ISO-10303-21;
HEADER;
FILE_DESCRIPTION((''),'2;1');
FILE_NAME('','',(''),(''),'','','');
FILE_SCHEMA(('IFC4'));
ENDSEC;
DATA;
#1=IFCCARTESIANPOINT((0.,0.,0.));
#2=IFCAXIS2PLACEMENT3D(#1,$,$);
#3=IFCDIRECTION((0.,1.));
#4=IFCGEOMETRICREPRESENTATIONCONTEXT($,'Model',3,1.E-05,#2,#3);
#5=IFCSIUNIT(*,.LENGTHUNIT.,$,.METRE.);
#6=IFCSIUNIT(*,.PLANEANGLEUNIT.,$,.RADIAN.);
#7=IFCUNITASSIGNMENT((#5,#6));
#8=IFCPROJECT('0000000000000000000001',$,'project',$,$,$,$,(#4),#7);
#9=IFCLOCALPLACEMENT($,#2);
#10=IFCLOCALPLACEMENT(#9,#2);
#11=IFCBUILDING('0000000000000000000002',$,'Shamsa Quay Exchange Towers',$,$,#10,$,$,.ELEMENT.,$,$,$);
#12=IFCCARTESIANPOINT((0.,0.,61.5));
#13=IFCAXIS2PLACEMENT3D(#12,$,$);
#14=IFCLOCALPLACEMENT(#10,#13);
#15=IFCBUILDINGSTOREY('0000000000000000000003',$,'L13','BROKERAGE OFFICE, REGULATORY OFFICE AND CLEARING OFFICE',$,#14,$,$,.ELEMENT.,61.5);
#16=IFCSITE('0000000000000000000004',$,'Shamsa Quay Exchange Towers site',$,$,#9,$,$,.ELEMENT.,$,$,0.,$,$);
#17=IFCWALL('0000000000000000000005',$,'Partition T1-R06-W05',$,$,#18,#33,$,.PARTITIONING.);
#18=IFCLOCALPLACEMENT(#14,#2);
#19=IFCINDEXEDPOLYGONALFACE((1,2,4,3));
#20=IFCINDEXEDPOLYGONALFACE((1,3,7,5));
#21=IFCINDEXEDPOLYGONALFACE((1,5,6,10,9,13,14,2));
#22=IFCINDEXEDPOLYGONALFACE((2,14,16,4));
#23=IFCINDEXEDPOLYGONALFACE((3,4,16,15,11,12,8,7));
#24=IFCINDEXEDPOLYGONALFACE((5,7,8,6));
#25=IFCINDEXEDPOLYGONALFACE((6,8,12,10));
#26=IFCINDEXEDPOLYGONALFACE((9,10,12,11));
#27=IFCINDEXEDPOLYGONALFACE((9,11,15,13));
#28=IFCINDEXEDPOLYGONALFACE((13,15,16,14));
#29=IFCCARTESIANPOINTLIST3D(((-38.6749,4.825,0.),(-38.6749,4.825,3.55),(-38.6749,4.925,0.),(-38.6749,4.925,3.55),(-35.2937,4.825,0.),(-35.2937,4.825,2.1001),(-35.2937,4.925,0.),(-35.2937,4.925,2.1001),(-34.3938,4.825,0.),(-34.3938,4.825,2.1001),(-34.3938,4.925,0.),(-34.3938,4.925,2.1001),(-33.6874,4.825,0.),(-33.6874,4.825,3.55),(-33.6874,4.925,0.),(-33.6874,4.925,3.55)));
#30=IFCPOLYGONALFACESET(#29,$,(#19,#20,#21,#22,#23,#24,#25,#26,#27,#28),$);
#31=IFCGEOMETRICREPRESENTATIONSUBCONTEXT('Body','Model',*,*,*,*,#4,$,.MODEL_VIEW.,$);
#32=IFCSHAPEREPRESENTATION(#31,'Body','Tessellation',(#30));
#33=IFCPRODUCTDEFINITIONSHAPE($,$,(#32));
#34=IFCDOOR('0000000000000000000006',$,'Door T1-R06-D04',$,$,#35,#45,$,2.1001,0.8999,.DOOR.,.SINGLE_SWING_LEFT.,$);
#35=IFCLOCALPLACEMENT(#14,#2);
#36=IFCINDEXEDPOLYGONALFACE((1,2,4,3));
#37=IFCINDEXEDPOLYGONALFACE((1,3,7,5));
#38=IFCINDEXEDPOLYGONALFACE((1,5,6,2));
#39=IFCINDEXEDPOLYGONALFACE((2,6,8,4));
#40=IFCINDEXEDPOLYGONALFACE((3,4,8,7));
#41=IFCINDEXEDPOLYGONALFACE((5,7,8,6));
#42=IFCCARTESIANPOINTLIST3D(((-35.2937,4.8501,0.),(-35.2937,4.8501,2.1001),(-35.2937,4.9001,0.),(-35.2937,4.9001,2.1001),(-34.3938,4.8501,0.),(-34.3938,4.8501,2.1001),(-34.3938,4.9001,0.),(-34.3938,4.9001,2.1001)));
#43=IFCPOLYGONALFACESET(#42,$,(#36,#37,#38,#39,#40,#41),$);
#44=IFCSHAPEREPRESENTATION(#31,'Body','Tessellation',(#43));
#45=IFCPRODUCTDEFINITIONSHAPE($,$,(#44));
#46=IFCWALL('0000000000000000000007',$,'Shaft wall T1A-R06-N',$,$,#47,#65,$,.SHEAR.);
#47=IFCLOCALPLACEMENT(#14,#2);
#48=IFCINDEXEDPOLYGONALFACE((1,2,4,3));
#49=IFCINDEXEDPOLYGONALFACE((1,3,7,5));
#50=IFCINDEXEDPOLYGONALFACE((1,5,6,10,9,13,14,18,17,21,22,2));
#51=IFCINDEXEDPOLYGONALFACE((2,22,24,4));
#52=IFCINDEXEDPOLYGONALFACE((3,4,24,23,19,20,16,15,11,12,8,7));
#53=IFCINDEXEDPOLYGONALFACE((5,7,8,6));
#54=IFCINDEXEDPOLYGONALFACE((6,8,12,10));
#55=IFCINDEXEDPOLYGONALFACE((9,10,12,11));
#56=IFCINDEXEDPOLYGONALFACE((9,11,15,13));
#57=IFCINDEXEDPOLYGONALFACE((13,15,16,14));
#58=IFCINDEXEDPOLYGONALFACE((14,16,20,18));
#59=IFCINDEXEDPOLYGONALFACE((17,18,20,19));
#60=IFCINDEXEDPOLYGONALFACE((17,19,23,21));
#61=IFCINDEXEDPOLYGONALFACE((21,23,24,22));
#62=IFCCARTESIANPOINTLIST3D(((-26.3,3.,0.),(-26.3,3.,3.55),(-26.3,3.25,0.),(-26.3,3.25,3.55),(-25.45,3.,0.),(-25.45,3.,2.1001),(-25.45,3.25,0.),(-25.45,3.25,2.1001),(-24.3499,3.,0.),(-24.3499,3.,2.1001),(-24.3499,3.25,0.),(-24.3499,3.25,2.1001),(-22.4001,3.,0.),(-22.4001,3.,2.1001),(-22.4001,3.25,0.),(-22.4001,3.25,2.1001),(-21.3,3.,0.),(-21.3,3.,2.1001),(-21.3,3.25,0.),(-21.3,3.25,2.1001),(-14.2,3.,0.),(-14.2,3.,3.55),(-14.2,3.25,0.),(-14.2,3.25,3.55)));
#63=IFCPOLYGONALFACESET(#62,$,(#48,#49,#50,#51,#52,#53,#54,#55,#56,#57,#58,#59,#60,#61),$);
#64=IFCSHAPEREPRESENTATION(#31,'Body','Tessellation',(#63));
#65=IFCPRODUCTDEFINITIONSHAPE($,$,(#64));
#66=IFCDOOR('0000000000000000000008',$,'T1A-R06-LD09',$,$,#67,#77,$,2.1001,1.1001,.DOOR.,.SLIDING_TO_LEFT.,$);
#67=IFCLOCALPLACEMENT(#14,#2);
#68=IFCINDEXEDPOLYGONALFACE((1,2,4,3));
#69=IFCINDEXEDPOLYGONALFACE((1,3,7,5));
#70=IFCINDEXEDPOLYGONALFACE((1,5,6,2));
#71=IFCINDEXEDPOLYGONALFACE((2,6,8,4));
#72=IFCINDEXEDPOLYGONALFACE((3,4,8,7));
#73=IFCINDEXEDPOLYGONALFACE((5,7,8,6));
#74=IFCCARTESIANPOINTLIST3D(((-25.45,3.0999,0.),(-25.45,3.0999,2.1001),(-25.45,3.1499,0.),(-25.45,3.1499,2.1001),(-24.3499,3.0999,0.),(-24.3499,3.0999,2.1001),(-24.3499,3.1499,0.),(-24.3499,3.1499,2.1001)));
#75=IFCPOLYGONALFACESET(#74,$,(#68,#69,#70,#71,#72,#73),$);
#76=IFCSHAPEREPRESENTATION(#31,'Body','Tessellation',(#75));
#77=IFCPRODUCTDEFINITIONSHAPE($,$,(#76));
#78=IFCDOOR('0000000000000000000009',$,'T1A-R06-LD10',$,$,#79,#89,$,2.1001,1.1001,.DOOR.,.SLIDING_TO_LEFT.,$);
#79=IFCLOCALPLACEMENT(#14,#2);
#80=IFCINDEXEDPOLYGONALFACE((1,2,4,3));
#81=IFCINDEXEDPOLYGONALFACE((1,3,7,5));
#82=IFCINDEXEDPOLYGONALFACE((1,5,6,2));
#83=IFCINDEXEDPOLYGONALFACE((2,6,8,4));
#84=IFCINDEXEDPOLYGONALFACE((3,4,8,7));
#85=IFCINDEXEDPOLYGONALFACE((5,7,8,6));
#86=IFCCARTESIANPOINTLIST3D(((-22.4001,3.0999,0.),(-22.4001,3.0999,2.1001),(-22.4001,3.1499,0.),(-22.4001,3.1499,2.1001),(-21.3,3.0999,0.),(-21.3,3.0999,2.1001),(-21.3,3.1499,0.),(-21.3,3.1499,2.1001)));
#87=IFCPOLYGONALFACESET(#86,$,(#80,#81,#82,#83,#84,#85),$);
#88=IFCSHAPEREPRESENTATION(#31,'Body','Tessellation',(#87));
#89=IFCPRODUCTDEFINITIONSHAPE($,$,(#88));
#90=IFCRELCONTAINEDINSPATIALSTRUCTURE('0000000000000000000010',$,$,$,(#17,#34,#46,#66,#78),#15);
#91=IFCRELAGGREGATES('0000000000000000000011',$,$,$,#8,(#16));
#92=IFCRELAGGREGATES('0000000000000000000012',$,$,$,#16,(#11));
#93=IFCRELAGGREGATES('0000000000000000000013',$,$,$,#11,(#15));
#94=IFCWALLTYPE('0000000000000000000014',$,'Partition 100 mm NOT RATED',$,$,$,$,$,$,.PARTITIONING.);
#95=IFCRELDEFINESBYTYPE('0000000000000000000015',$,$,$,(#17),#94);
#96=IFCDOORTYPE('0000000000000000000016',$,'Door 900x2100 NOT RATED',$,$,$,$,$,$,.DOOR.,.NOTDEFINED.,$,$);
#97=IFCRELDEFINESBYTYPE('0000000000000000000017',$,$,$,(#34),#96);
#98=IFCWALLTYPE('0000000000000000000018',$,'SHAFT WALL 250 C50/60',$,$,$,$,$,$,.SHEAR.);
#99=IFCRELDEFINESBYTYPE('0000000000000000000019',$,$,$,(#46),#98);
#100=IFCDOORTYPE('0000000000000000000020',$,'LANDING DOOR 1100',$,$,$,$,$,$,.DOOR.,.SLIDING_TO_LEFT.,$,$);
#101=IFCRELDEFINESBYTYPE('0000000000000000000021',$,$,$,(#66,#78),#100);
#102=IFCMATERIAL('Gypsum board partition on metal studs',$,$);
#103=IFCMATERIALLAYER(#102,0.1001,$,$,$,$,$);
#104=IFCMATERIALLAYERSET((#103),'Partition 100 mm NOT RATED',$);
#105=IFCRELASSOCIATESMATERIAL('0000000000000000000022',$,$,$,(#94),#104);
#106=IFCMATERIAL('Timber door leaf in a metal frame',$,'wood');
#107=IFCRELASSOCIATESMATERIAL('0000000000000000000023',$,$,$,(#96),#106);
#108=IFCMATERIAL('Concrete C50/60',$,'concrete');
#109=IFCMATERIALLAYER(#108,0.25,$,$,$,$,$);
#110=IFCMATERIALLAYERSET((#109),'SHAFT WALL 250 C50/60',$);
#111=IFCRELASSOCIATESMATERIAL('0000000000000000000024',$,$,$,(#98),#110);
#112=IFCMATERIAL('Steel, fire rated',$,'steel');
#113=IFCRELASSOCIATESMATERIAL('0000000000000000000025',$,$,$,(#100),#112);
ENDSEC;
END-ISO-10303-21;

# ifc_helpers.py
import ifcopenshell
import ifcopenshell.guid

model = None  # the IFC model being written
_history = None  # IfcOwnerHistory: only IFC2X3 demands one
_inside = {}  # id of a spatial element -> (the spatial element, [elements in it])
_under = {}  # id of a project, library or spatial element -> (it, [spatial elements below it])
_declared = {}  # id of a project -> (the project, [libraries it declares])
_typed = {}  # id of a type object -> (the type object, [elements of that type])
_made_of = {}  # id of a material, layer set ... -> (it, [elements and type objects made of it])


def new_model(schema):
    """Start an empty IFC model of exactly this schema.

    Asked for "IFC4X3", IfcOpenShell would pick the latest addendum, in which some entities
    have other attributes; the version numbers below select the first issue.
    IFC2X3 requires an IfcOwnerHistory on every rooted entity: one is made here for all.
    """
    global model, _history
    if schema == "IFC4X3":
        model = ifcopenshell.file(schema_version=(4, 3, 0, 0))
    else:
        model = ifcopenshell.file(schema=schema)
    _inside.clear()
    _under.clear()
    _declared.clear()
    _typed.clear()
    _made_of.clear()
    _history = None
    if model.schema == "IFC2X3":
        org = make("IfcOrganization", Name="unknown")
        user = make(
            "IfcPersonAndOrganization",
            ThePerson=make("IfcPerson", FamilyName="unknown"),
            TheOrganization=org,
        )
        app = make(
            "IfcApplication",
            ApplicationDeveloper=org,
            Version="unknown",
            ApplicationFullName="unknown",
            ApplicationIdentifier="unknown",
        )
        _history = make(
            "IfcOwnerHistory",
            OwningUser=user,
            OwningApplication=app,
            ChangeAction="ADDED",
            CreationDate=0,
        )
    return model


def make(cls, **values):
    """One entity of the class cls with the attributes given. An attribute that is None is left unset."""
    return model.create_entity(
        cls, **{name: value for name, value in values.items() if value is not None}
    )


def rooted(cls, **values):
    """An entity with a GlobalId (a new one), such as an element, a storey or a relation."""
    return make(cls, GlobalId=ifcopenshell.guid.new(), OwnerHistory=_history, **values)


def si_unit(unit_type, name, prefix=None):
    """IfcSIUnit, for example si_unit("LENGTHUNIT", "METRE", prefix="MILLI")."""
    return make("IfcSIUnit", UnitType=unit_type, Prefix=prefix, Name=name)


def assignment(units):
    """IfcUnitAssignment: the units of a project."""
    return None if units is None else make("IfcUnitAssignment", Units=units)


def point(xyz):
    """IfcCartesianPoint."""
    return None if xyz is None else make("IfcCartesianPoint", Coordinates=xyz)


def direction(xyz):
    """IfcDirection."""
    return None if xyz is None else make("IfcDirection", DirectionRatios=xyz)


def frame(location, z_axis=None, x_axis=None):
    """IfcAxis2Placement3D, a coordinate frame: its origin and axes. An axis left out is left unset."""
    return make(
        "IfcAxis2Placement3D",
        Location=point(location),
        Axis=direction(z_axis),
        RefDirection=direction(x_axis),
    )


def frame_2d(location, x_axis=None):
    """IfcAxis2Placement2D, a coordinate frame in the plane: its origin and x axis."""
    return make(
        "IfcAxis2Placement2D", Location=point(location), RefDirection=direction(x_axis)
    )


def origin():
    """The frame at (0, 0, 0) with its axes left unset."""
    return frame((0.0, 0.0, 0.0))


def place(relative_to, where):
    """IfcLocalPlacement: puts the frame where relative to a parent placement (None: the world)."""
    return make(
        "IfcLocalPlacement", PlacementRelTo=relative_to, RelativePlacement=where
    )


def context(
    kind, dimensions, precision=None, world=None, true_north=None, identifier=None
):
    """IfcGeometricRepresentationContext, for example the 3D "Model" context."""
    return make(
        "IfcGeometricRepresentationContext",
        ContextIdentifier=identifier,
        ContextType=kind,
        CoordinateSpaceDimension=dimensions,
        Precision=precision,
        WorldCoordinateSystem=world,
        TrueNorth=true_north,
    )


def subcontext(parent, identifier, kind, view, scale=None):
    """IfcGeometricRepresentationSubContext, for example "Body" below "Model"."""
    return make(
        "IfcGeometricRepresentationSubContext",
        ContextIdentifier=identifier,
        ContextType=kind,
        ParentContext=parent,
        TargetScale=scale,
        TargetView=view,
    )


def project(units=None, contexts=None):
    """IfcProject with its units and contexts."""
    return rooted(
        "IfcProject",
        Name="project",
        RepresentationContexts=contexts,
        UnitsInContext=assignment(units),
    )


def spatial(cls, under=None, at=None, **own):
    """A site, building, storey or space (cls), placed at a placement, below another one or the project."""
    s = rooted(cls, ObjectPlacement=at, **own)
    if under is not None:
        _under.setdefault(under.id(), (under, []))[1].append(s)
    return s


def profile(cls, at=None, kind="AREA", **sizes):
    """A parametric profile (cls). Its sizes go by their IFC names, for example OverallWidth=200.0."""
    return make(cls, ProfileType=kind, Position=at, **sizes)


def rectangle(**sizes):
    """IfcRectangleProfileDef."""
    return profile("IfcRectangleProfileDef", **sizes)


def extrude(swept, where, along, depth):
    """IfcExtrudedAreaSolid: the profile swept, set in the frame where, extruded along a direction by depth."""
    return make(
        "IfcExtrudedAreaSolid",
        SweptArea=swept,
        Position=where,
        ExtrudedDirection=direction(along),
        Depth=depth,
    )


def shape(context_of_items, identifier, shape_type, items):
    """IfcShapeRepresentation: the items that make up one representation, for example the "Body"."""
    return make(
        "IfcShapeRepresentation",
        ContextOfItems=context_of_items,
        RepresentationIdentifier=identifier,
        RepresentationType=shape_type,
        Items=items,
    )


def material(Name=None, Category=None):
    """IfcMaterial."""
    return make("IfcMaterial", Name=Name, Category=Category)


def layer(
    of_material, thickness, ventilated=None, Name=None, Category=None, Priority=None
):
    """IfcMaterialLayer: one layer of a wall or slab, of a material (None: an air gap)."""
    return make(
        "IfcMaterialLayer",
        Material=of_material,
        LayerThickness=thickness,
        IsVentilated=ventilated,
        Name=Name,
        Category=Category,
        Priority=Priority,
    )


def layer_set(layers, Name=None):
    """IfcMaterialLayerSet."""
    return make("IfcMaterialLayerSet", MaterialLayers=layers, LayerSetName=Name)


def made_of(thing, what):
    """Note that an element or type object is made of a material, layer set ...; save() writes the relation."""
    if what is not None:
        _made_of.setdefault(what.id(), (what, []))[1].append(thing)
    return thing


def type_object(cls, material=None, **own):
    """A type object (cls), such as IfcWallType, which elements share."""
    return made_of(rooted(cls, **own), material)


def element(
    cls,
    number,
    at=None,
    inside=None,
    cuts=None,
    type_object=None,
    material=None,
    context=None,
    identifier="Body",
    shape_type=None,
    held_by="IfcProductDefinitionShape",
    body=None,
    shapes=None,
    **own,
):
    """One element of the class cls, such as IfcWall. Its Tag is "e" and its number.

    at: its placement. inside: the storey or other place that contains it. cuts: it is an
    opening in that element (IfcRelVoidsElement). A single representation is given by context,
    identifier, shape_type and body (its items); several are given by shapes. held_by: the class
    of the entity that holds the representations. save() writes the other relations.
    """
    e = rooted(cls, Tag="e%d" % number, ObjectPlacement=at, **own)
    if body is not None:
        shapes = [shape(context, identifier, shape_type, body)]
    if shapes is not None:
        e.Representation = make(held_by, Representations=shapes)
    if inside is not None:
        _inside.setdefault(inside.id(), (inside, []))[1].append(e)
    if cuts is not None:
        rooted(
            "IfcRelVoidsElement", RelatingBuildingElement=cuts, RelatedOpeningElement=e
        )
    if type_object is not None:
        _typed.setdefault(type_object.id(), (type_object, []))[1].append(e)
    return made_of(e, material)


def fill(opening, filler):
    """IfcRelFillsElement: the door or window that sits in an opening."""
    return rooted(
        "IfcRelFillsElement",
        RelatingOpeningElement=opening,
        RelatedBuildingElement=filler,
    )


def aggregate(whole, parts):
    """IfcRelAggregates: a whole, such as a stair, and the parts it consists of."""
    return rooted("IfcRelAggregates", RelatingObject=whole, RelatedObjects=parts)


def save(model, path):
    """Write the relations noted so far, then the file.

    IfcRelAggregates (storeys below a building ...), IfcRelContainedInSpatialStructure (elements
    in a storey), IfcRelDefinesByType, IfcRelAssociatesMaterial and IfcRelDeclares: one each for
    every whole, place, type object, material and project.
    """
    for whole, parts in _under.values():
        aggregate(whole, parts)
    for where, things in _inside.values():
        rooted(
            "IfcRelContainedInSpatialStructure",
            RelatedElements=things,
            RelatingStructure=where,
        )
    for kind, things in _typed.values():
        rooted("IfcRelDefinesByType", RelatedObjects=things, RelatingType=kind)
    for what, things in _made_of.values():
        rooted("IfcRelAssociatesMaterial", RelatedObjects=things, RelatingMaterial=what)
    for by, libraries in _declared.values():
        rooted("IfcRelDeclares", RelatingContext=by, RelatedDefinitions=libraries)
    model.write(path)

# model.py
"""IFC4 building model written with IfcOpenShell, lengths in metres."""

from ifc_helpers import new_model, si_unit, direction, frame, frame_2d, origin, place, context, subcontext, project, spatial, rectangle, extrude, material, layer, layer_set, type_object, element, fill, save


model = new_model("IFC4")

# Units and contexts
model_context = context("Model", 3, precision=1e-05, world=origin(), true_north=direction((0.0, 1.0)))
body_context = subcontext(model_context, "Body", "Model", "MODEL_VIEW")
ifc_project = project(units=[si_unit("LENGTHUNIT", "METRE"), si_unit("PLANEANGLEUNIT", "RADIAN")], contexts=[model_context])

# Site, building, storey
site_placement = place(None, origin())
site = spatial("IfcSite", under=ifc_project, at=site_placement, Name="Shamsa Quay Exchange Towers site", CompositionType="ELEMENT", RefElevation=0.0)
building_placement = place(site_placement, origin())
building = spatial("IfcBuilding", under=site, at=building_placement, Name="Shamsa Quay Exchange Towers", CompositionType="ELEMENT")
storey_placement = place(building_placement, frame((0.0, 0.0, 61.5)))
storey = spatial("IfcBuildingStorey", under=building, at=storey_placement, Name="L13", Description="BROKERAGE OFFICE, REGULATORY OFFICE AND CLEARING OFFICE", CompositionType="ELEMENT", Elevation=61.5)

# Shared definitions
ifc_material_1 = material(Name="Steel, fire rated", Category="steel")

# Wall, opening, door
ifc_material_2 = material(Name="Gypsum board partition on metal studs")
ifc_layer_1 = layer(ifc_material_2, 0.1001)
ifc_layer_set_1 = layer_set([ifc_layer_1], Name="Partition 100 mm NOT RATED")
wall_type_1 = type_object("IfcWallType", Name="Partition 100 mm NOT RATED", PredefinedType="PARTITIONING", material=ifc_layer_set_1)
wall_1_placement = place(storey_placement, frame((-33.6875, 4.875, 0.0), z_axis=(0.0, 0.0, 1.0), x_axis=(-1.0, 0.0, 0.0)))
wall_1 = element("IfcWall", 1, at=wall_1_placement, inside=storey, type_object=wall_type_1, Name="Partition T1-R06-W05", PredefinedType="PARTITIONING", context=body_context, shape_type="SweptSolid", body=[
    extrude(rectangle(XDim=4.9875, YDim=0.1001, at=frame_2d((2.4937, 0.0))), origin(), (0.0, 0.0, 1.0), 3.55),
])
opening_1_placement = place(wall_1_placement, frame((0.7063, 0.0, 0.0)))
opening_1 = element("IfcOpeningElement", 2, at=opening_1_placement, cuts=wall_1, PredefinedType="OPENING", context=body_context, shape_type="SweptSolid", body=[
    extrude(rectangle(XDim=0.8999, YDim=2.1001, at=frame_2d((0.45, 1.05))), frame((0.0, 0.0601, 0.0), z_axis=(0.0, -1.0, 0.0), x_axis=(1.0, 0.0, 0.0)), (0.0, 0.0, 1.0), 0.1201),
])
ifc_material_3 = material(Name="Timber door leaf in a metal frame", Category="wood")
door_type_1 = type_object("IfcDoorType", Name="Door 900x2100 NOT RATED", OperationType="NOTDEFINED", PredefinedType="DOOR", material=ifc_material_3)
door_1_placement = place(opening_1_placement, origin())
door_1 = element("IfcDoor", 3, at=door_1_placement, inside=storey, type_object=door_type_1, Name="Door T1-R06-D04", OperationType="SINGLE_SWING_LEFT", OverallHeight=2.1001, OverallWidth=0.8999, PredefinedType="DOOR", context=body_context, shape_type="SweptSolid", body=[
    extrude(rectangle(XDim=0.8999, YDim=2.1001, at=frame_2d((0.45, 1.05))), frame((0.0, 0.0249, 0.0), z_axis=(0.0, -1.0, 0.0), x_axis=(1.0, 0.0, 0.0)), (0.0, 0.0, 1.0), 0.05),
])
fill(opening_1, door_1)

# Wall, openings, doors
ifc_material_4 = material(Name="Concrete C50/60", Category="concrete")
ifc_layer_2 = layer(ifc_material_4, 0.25)
ifc_layer_set_2 = layer_set([ifc_layer_2], Name="SHAFT WALL 250 C50/60")
wall_type_2 = type_object("IfcWallType", Name="SHAFT WALL 250 C50/60", PredefinedType="SHEAR", material=ifc_layer_set_2)
wall_2_placement = place(storey_placement, frame((-26.3, 3.125, 0.0)))
wall_2 = element("IfcWall", 4, at=wall_2_placement, inside=storey, type_object=wall_type_2, Name="Shaft wall T1A-R06-N", PredefinedType="SHEAR", context=body_context, shape_type="SweptSolid", body=[
    extrude(rectangle(XDim=12.1001, YDim=0.25, at=frame_2d((6.05, 0.0))), origin(), (0.0, 0.0, 1.0), 3.55),
])
opening_2_placement = place(wall_2_placement, frame((0.8501, 0.0, 0.0)))
opening_2 = element("IfcOpeningElement", 5, at=opening_2_placement, cuts=wall_2, PredefinedType="OPENING", context=body_context, shape_type="SweptSolid", body=[
    extrude(rectangle(XDim=1.1001, YDim=2.1001, at=frame_2d((0.55, 1.05))), frame((0.0, 0.135, 0.0), z_axis=(0.0, -1.0, 0.0), x_axis=(1.0, 0.0, 0.0)), (0.0, 0.0, 1.0), 0.27),
])
opening_3_placement = place(wall_2_placement, frame((3.8999, 0.0, 0.0)))
opening_3 = element("IfcOpeningElement", 6, at=opening_3_placement, cuts=wall_2, PredefinedType="OPENING", context=body_context, shape_type="SweptSolid", body=[
    extrude(rectangle(XDim=1.1001, YDim=2.1001, at=frame_2d((0.55, 1.05))), frame((0.0, 0.135, 0.0), z_axis=(0.0, -1.0, 0.0), x_axis=(1.0, 0.0, 0.0)), (0.0, 0.0, 1.0), 0.27),
])
door_type_2 = type_object("IfcDoorType", Name="LANDING DOOR 1100", OperationType="SLIDING_TO_LEFT", PredefinedType="DOOR", material=ifc_material_1)
door_2_placement = place(opening_2_placement, origin())
door_2 = element("IfcDoor", 7, at=door_2_placement, inside=storey, type_object=door_type_2, Name="T1A-R06-LD09", OperationType="SLIDING_TO_LEFT", OverallHeight=2.1001, OverallWidth=1.1001, PredefinedType="DOOR", context=body_context, shape_type="SweptSolid", body=[
    extrude(rectangle(XDim=1.1001, YDim=2.1001, at=frame_2d((0.55, 1.05))), frame((0.0, 0.0249, 0.0), z_axis=(0.0, -1.0, 0.0), x_axis=(1.0, 0.0, 0.0)), (0.0, 0.0, 1.0), 0.05),
])
fill(opening_2, door_2)
door_3_placement = place(opening_3_placement, origin())
door_3 = element("IfcDoor", 8, at=door_3_placement, inside=storey, type_object=door_type_2, Name="T1A-R06-LD10", OperationType="SLIDING_TO_LEFT", OverallHeight=2.1001, OverallWidth=1.1001, PredefinedType="DOOR", context=body_context, shape_type="SweptSolid", body=[
    extrude(rectangle(XDim=1.1001, YDim=2.1001, at=frame_2d((0.55, 1.05))), frame((0.0, 0.0249, 0.0), z_axis=(0.0, -1.0, 0.0), x_axis=(1.0, 0.0, 0.0)), (0.0, 0.0, 1.0), 0.05),
])
fill(opening_3, door_3)

save(model, "model.ifc")
